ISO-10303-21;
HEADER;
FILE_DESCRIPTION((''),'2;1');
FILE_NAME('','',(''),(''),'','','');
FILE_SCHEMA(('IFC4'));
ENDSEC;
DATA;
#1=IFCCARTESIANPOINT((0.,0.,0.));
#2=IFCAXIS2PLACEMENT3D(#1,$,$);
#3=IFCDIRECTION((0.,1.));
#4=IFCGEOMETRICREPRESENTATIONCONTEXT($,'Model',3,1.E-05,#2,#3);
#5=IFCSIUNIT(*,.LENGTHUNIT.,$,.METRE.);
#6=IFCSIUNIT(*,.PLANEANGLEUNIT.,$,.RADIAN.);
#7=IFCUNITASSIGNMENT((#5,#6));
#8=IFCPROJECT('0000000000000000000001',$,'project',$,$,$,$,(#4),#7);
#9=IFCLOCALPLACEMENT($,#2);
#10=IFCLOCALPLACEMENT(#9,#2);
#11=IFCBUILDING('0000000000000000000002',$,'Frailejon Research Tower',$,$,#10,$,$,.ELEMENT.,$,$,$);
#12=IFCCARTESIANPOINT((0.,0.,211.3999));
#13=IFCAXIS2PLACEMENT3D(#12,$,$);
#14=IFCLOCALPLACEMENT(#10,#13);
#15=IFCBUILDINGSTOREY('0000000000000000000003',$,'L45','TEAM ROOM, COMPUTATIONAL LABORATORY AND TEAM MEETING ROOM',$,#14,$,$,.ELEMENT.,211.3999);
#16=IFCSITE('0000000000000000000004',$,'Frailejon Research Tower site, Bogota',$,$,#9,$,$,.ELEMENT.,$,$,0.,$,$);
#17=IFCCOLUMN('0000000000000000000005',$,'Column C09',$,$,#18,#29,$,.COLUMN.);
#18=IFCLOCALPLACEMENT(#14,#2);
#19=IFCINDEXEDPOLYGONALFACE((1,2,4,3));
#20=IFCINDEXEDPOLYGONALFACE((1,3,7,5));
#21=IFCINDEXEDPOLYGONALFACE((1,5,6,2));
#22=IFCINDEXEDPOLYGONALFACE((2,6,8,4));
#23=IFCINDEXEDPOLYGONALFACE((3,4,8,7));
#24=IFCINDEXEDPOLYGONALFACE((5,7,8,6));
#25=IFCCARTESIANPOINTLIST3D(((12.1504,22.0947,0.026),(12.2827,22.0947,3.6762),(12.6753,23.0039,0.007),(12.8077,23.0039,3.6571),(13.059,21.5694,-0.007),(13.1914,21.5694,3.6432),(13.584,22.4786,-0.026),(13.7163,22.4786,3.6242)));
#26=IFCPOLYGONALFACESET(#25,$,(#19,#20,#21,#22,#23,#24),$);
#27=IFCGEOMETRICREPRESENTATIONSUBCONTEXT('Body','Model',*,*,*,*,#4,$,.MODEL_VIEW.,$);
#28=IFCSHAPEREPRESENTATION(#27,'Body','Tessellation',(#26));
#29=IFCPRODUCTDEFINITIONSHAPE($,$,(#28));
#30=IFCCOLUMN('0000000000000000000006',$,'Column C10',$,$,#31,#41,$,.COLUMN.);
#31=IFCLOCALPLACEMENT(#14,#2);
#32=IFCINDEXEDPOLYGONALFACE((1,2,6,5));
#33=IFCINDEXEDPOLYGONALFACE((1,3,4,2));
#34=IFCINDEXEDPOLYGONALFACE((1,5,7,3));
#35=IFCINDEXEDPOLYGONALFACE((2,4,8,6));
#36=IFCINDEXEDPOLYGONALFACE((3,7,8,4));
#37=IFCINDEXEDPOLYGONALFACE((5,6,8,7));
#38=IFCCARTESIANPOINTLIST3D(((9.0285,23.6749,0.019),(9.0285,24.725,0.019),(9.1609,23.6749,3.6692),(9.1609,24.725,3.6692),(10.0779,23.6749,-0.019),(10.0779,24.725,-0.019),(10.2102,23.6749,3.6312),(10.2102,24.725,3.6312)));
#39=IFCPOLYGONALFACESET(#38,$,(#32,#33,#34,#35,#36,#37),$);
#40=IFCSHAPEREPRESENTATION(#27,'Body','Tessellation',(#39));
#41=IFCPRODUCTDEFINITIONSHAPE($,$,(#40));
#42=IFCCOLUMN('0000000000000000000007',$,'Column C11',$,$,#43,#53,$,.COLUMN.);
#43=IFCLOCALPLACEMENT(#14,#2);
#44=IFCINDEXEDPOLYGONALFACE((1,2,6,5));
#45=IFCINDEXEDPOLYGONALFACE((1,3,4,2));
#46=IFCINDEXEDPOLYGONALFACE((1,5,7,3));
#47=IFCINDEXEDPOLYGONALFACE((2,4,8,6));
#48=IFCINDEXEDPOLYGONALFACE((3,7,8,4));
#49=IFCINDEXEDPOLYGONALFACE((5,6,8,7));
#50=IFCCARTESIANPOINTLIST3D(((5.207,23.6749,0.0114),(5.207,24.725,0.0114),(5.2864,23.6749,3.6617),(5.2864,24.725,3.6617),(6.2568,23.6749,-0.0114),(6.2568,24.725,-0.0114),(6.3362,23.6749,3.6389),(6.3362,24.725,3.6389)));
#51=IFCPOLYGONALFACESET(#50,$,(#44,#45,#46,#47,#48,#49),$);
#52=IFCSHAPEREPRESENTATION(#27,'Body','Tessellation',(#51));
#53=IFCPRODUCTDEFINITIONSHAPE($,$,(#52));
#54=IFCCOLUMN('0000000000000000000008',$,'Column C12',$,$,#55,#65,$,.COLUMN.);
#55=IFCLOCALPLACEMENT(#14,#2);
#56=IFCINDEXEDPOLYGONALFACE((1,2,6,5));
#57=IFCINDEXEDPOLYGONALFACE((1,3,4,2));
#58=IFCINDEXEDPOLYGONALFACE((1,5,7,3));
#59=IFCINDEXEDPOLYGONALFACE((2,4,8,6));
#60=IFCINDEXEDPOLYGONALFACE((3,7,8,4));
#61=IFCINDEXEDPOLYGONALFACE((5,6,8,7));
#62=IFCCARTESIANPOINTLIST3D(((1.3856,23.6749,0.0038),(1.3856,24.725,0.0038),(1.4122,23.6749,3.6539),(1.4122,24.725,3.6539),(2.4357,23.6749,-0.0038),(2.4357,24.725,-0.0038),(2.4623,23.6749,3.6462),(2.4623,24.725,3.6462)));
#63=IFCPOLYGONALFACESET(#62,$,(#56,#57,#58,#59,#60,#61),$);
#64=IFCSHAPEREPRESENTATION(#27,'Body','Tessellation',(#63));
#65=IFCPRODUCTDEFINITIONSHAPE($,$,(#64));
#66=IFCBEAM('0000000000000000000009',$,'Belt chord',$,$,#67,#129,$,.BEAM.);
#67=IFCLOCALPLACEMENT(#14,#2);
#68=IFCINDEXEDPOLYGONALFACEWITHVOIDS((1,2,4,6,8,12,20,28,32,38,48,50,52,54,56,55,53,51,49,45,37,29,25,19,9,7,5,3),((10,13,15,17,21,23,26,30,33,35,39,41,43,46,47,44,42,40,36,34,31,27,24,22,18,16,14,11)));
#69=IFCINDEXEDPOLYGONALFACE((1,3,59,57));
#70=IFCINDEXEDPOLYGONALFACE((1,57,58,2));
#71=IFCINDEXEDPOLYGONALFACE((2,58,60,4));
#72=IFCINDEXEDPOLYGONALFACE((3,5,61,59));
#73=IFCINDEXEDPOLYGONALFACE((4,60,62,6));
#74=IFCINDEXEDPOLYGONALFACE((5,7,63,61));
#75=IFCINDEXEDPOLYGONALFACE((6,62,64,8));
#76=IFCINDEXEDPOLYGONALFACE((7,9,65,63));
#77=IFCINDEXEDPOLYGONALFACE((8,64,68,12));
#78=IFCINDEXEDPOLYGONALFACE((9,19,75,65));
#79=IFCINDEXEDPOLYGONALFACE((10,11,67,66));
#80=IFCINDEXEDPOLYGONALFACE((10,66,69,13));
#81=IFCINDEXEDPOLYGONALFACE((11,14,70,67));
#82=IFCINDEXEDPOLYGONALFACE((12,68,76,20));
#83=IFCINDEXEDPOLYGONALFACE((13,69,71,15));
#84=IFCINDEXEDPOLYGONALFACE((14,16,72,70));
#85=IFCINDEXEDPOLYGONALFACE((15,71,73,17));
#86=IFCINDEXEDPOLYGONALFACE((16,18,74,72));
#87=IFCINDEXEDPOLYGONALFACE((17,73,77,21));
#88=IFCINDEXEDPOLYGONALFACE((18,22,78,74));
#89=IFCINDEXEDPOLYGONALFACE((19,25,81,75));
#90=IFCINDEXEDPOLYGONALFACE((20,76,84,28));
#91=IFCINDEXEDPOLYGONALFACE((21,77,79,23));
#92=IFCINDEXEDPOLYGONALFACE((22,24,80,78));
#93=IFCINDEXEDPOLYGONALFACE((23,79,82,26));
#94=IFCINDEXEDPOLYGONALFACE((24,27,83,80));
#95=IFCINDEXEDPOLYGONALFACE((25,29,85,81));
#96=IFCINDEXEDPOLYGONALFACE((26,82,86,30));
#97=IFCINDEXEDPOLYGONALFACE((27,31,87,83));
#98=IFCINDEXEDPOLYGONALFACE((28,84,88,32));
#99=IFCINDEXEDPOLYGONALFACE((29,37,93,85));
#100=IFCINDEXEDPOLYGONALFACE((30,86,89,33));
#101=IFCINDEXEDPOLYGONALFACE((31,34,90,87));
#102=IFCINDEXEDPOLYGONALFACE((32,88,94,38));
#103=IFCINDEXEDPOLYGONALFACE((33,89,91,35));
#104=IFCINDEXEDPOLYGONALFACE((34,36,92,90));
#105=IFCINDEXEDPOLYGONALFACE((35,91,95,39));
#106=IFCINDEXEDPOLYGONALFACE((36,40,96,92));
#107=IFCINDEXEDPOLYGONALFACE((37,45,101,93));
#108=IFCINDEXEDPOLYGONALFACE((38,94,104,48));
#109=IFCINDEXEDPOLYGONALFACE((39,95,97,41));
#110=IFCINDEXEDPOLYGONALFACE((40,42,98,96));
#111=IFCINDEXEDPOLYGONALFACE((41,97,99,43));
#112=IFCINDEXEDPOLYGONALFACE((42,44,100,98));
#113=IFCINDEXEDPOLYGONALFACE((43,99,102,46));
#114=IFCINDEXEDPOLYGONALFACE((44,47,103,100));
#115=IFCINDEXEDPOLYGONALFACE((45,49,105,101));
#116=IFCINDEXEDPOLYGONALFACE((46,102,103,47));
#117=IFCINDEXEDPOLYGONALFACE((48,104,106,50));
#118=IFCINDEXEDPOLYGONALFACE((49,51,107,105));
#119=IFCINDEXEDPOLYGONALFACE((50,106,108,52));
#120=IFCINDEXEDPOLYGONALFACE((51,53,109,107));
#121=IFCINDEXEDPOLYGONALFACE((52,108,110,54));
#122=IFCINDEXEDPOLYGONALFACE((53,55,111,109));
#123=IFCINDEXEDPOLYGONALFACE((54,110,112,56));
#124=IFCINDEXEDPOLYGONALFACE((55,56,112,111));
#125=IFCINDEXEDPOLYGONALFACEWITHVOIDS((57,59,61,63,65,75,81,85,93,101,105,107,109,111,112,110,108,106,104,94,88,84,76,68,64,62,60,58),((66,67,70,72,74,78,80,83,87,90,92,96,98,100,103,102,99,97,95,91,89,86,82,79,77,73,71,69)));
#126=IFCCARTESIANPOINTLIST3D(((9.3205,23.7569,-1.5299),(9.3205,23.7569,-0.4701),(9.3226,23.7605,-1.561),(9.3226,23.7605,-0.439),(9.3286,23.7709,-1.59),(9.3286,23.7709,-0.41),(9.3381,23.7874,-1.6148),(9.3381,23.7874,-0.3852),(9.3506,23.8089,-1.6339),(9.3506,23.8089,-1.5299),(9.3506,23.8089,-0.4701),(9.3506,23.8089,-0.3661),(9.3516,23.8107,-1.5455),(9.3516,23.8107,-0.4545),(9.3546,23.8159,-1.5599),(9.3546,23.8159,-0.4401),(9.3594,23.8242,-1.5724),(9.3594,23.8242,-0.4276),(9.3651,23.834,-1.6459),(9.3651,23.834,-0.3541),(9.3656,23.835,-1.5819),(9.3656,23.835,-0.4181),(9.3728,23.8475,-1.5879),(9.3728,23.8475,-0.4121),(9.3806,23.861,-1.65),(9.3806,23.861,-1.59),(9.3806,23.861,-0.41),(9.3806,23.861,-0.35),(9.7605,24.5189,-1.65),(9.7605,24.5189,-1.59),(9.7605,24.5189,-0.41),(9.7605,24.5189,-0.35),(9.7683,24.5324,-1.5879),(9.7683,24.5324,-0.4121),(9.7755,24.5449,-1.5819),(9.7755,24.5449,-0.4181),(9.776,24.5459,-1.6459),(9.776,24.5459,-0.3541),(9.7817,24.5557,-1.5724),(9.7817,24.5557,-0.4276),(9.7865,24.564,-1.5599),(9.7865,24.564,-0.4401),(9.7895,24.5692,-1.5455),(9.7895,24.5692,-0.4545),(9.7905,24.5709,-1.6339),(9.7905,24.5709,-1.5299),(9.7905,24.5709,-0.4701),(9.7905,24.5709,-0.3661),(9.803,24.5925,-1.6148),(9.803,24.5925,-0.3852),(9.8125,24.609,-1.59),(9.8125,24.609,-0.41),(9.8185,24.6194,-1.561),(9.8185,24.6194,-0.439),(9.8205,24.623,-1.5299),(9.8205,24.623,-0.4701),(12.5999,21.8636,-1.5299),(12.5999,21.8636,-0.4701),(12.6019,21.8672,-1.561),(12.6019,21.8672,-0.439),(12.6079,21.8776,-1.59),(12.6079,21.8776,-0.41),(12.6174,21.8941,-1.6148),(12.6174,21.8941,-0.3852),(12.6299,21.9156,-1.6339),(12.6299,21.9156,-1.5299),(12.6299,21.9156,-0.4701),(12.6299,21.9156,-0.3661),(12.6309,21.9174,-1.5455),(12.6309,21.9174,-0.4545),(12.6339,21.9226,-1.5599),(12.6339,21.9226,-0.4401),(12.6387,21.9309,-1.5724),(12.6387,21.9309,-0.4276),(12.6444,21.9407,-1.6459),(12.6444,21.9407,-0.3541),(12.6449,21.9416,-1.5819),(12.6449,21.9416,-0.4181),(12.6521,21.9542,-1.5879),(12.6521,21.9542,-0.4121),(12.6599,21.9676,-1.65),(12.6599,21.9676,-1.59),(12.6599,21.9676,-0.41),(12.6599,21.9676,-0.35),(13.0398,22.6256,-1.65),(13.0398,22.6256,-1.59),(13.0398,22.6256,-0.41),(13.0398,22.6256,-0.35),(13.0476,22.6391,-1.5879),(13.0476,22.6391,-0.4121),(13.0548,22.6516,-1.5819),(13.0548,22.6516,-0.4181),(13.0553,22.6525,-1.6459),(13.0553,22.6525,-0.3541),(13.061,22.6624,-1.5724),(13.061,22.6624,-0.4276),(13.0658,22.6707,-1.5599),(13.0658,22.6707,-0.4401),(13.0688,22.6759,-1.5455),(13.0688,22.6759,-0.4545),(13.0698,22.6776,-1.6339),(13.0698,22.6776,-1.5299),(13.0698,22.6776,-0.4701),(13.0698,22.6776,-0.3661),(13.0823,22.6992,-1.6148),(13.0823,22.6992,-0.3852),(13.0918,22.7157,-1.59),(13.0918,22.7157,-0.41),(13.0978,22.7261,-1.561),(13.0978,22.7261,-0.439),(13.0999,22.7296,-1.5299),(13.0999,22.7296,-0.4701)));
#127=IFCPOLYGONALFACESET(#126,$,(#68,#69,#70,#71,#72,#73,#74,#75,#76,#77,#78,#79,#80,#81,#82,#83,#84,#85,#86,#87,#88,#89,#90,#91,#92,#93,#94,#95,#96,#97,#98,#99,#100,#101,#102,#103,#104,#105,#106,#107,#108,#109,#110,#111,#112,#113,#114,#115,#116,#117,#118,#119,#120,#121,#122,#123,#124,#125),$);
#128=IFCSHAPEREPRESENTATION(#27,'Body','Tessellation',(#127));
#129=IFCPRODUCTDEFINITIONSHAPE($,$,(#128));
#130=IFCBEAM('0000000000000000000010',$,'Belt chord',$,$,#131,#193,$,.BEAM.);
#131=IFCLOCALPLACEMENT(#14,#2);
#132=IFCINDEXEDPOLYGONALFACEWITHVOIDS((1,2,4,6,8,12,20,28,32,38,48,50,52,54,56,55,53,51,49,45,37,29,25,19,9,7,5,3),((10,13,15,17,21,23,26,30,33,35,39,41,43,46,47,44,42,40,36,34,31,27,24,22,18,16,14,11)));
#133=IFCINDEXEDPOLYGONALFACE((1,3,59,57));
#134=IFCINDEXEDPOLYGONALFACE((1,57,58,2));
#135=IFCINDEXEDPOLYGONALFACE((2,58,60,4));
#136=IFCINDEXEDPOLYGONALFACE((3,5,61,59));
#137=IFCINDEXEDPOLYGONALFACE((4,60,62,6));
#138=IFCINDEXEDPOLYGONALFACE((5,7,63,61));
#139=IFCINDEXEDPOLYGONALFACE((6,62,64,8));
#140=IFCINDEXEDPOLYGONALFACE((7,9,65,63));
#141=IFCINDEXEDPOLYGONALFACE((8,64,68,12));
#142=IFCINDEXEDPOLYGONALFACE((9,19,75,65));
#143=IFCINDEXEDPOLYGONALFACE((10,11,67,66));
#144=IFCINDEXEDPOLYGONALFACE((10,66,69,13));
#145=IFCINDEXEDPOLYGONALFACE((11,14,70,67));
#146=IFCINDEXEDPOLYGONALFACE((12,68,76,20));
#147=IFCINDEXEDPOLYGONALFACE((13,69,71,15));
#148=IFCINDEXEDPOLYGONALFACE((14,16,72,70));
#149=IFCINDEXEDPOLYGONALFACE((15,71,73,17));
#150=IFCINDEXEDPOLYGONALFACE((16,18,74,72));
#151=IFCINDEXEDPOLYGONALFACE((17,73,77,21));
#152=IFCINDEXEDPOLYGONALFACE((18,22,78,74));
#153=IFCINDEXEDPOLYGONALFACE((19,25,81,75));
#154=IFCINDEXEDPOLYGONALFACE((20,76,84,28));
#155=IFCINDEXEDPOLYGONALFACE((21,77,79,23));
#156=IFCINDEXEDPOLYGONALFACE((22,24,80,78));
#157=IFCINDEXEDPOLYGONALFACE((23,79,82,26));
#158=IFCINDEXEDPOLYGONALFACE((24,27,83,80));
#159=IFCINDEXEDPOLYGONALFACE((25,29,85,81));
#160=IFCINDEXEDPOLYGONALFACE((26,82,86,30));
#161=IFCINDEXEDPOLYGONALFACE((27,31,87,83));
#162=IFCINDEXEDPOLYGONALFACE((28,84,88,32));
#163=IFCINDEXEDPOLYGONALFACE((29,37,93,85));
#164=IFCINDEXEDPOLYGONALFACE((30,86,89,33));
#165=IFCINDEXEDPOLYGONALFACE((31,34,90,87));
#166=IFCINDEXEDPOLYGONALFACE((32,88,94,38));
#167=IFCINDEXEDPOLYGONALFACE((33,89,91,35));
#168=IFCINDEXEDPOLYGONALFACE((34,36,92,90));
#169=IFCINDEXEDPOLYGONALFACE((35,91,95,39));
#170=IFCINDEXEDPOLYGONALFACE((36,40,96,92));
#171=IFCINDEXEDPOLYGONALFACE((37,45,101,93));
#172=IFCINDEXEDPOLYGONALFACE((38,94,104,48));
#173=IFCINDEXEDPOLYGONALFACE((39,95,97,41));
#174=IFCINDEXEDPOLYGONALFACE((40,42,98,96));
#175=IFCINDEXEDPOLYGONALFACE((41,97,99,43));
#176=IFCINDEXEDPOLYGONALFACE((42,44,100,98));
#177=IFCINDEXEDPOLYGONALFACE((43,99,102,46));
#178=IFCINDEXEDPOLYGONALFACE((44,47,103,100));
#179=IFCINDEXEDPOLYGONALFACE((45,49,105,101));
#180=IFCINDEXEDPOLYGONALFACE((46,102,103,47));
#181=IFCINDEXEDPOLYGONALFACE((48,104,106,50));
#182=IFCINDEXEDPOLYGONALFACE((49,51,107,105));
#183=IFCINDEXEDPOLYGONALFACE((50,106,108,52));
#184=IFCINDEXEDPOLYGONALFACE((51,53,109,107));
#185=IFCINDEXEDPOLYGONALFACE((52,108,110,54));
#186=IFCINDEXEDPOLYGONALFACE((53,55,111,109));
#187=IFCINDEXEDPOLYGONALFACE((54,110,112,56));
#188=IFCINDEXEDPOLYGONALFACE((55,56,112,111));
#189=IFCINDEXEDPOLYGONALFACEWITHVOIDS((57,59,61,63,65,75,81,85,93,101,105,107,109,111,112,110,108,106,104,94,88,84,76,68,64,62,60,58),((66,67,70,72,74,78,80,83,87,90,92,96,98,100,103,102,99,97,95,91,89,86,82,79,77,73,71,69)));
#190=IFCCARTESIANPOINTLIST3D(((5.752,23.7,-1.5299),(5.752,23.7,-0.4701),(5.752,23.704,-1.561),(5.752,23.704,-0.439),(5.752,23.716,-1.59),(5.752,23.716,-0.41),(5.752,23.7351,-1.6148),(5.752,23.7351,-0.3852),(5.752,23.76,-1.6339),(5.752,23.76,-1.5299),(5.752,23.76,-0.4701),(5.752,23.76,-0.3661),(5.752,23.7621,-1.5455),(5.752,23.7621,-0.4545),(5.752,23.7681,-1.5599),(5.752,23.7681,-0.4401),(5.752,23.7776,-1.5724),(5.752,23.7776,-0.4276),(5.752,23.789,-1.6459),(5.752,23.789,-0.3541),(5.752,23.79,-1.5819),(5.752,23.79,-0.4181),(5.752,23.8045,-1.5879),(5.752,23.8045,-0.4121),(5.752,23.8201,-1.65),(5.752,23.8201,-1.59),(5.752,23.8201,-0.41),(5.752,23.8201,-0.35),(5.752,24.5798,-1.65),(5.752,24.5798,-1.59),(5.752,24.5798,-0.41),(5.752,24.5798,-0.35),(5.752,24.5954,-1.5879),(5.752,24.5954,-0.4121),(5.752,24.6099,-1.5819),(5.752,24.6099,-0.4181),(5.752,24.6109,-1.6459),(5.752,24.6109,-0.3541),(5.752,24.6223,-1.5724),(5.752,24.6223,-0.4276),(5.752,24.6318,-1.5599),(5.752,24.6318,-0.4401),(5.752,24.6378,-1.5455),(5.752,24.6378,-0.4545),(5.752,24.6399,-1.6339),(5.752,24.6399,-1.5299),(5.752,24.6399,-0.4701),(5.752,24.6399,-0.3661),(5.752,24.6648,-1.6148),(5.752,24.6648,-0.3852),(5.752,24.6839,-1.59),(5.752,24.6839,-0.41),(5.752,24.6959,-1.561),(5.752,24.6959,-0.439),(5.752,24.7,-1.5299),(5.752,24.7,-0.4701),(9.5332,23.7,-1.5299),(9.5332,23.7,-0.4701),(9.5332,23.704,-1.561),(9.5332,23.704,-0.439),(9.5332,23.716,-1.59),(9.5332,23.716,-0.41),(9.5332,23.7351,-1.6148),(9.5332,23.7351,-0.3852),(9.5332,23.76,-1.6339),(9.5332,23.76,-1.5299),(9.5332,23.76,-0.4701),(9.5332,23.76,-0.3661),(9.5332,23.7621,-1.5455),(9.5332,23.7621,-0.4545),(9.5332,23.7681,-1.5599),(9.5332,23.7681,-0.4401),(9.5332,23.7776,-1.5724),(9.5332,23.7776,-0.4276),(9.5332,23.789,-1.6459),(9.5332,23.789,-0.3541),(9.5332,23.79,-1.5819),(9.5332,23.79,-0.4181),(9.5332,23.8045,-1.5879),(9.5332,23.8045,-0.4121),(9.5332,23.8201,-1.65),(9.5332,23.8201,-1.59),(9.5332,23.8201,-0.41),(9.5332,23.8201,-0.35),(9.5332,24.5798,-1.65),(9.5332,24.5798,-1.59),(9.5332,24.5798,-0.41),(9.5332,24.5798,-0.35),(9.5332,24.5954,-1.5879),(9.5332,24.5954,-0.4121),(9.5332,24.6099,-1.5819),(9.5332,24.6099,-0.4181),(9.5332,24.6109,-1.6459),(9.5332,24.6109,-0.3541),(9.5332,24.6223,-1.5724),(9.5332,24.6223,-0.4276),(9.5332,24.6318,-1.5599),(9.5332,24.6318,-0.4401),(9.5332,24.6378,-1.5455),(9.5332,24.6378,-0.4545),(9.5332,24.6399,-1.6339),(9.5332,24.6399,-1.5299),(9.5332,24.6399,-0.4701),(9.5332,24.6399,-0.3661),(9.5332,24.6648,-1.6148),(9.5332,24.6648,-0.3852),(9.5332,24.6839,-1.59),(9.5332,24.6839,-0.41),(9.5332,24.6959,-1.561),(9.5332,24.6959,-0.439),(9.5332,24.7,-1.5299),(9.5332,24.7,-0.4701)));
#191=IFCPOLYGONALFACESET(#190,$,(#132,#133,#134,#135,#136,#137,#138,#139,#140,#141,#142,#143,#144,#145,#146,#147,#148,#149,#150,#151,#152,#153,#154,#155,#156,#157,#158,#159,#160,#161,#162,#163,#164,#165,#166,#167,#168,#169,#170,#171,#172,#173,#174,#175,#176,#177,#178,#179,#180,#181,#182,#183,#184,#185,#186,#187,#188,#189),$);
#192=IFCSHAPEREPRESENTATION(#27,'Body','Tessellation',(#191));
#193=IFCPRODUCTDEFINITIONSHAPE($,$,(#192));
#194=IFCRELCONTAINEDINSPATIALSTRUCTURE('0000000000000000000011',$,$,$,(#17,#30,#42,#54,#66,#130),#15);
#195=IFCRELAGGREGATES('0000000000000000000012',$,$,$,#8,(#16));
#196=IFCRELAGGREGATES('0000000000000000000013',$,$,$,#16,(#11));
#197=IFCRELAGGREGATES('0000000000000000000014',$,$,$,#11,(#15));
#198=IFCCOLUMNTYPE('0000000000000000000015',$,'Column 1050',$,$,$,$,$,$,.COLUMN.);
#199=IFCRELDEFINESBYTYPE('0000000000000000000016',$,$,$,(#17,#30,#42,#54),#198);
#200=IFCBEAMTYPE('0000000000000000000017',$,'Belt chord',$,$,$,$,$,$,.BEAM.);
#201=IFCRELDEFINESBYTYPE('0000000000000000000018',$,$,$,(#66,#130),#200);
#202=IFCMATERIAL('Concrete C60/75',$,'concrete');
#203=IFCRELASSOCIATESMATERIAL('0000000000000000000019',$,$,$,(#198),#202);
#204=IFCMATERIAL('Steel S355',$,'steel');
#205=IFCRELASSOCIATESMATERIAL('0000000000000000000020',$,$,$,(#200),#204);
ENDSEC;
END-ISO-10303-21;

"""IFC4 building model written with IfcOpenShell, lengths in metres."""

from ifc_helpers import new_model, si_unit, direction, frame, origin, origin_2d, place, context, subcontext, project, spatial, rectangle, hollow_rectangle, extrude, material, material_profile, profile_set, type_object, element, save


model = new_model("IFC4")

# Units and contexts
model_context = context("Model", 3, precision=1e-05, world=origin(), true_north=direction((0.0, 1.0)))
body_context = subcontext(model_context, "Body", "Model", "MODEL_VIEW")
ifc_project = project(units=[si_unit("LENGTHUNIT", "METRE"), si_unit("PLANEANGLEUNIT", "RADIAN")], contexts=[model_context])

# Site, building, storey
site_placement = place(None, origin())
site = spatial("IfcSite", under=ifc_project, at=site_placement, Name="Frailejon Research Tower site, Bogota", CompositionType="ELEMENT", RefElevation=0.0)
building_placement = place(site_placement, origin())
building = spatial("IfcBuilding", under=site, at=building_placement, Name="Frailejon Research Tower", CompositionType="ELEMENT")
storey_placement = place(building_placement, frame((0.0, 0.0, 211.3999)))
storey = spatial("IfcBuildingStorey", under=building, at=storey_placement, Name="L45", Description="TEAM ROOM, COMPUTATIONAL LABORATORY AND TEAM MEETING ROOM", CompositionType="ELEMENT", Elevation=211.3999)

# Columns
ifc_material_1 = material(Name="Concrete C60/75", Category="concrete")
ifc_material_profile_1 = material_profile(ifc_material_1, rectangle(XDim=1.05, YDim=1.05, at=origin_2d()), Name="Column 1050")
ifc_profile_set_1 = profile_set([ifc_material_profile_1], Name="Concrete C60/75")
column_type = type_object("IfcColumnType", Name="Column 1050", PredefinedType="COLUMN", material=ifc_profile_set_1)
for number, where, z_axis, x_axis, name in (
    (1, (12.8672, 22.2866, 0.0), (0.036228, 0.0, 0.999344), (-0.865315, 0.500246, 0.031369), "Column C09"),
    (2, (9.5532, 24.2, 0.0), (0.036228, 0.0, 0.999344), (-0.999344, 0.0, 0.036228), "Column C10"),
):
    element("IfcColumn", number, at=place(storey_placement, frame(where, z_axis=z_axis, x_axis=x_axis)), inside=storey, type_object=column_type, Name=name, PredefinedType="COLUMN", context=body_context, shape_type="SweptSolid", body=[
        extrude(rectangle(XDim=1.05, YDim=1.05, at=origin_2d()), origin(), (0.0, 0.0, 1.0), 3.6526),
    ])
column_1_placement = place(storey_placement, frame((5.7319, 24.2, 0.0), z_axis=(0.021733, 0.0, 0.999764), x_axis=(-0.999764, 0.0, 0.021733)))
element("IfcColumn", 3, at=column_1_placement, inside=storey, type_object=column_type, Name="Column C11", PredefinedType="COLUMN", context=body_context, shape_type="SweptSolid", body=[
    extrude(rectangle(XDim=1.05, YDim=1.05, at=origin_2d()), origin(), (0.0, 0.0, 1.0), 3.6511),
])
column_2_placement = place(storey_placement, frame((1.9106, 24.2, 0.0), z_axis=(0.00729, 0.0, 0.999973), x_axis=(-0.999973, 0.0, 0.00729)))
element("IfcColumn", 4, at=column_2_placement, inside=storey, type_object=column_type, Name="Column C12", PredefinedType="COLUMN", context=body_context, shape_type="SweptSolid", body=[
    extrude(rectangle(XDim=1.05, YDim=1.05, at=origin_2d()), origin(), (0.0, 0.0, 1.0), 3.6501),
])

# Beams
ifc_material_2 = material(Name="Steel S355", Category="steel")
ifc_material_profile_2 = material_profile(ifc_material_2, hollow_rectangle(XDim=1.0, YDim=1.3, WallThickness=0.0601, InnerFilletRadius=0.0601, OuterFilletRadius=0.1201, at=origin_2d()), Name="Belt chord")
ifc_profile_set_2 = profile_set([ifc_material_profile_2], Name="Steel S355")
beam_type_1 = type_object("IfcBeamType", Name="Belt chord", PredefinedType="BEAM", material=ifc_profile_set_2)
beam_1_placement = place(storey_placement, frame((12.8499, 22.2966, -1.0), z_axis=(-0.866025, 0.500002, 0.0), x_axis=(-0.500002, -0.866025, 0.0)))
element("IfcBeam", 5, at=beam_1_placement, inside=storey, type_object=beam_type_1, Name="Belt chord", PredefinedType="BEAM", context=body_context, shape_type="SweptSolid", body=[
    extrude(hollow_rectangle(XDim=1.0, YDim=1.3, WallThickness=0.0601, InnerFilletRadius=0.0601, OuterFilletRadius=0.1201, at=origin_2d()), origin(), (0.0, 0.0, 1.0), 3.7866),
])
for number, where, z_axis, x_axis, name in (
    (6, (9.5332, 24.2, -1.0), (-1.0, 0.0, 0.0), (0.0, -1.0, 0.0), "Belt chord"),
):
    element("IfcBeam", number, at=place(storey_placement, frame(where, z_axis=z_axis, x_axis=x_axis)), inside=storey, type_object=beam_type_1, Name=name, PredefinedType="BEAM", context=body_context, shape_type="SweptSolid", body=[
        extrude(hollow_rectangle(XDim=1.0, YDim=1.3, WallThickness=0.0601, InnerFilletRadius=0.0601, OuterFilletRadius=0.1201, at=origin_2d()), origin(), (0.0, 0.0, 1.0), 3.7812),
    ])

save(model, "model.ifc")
